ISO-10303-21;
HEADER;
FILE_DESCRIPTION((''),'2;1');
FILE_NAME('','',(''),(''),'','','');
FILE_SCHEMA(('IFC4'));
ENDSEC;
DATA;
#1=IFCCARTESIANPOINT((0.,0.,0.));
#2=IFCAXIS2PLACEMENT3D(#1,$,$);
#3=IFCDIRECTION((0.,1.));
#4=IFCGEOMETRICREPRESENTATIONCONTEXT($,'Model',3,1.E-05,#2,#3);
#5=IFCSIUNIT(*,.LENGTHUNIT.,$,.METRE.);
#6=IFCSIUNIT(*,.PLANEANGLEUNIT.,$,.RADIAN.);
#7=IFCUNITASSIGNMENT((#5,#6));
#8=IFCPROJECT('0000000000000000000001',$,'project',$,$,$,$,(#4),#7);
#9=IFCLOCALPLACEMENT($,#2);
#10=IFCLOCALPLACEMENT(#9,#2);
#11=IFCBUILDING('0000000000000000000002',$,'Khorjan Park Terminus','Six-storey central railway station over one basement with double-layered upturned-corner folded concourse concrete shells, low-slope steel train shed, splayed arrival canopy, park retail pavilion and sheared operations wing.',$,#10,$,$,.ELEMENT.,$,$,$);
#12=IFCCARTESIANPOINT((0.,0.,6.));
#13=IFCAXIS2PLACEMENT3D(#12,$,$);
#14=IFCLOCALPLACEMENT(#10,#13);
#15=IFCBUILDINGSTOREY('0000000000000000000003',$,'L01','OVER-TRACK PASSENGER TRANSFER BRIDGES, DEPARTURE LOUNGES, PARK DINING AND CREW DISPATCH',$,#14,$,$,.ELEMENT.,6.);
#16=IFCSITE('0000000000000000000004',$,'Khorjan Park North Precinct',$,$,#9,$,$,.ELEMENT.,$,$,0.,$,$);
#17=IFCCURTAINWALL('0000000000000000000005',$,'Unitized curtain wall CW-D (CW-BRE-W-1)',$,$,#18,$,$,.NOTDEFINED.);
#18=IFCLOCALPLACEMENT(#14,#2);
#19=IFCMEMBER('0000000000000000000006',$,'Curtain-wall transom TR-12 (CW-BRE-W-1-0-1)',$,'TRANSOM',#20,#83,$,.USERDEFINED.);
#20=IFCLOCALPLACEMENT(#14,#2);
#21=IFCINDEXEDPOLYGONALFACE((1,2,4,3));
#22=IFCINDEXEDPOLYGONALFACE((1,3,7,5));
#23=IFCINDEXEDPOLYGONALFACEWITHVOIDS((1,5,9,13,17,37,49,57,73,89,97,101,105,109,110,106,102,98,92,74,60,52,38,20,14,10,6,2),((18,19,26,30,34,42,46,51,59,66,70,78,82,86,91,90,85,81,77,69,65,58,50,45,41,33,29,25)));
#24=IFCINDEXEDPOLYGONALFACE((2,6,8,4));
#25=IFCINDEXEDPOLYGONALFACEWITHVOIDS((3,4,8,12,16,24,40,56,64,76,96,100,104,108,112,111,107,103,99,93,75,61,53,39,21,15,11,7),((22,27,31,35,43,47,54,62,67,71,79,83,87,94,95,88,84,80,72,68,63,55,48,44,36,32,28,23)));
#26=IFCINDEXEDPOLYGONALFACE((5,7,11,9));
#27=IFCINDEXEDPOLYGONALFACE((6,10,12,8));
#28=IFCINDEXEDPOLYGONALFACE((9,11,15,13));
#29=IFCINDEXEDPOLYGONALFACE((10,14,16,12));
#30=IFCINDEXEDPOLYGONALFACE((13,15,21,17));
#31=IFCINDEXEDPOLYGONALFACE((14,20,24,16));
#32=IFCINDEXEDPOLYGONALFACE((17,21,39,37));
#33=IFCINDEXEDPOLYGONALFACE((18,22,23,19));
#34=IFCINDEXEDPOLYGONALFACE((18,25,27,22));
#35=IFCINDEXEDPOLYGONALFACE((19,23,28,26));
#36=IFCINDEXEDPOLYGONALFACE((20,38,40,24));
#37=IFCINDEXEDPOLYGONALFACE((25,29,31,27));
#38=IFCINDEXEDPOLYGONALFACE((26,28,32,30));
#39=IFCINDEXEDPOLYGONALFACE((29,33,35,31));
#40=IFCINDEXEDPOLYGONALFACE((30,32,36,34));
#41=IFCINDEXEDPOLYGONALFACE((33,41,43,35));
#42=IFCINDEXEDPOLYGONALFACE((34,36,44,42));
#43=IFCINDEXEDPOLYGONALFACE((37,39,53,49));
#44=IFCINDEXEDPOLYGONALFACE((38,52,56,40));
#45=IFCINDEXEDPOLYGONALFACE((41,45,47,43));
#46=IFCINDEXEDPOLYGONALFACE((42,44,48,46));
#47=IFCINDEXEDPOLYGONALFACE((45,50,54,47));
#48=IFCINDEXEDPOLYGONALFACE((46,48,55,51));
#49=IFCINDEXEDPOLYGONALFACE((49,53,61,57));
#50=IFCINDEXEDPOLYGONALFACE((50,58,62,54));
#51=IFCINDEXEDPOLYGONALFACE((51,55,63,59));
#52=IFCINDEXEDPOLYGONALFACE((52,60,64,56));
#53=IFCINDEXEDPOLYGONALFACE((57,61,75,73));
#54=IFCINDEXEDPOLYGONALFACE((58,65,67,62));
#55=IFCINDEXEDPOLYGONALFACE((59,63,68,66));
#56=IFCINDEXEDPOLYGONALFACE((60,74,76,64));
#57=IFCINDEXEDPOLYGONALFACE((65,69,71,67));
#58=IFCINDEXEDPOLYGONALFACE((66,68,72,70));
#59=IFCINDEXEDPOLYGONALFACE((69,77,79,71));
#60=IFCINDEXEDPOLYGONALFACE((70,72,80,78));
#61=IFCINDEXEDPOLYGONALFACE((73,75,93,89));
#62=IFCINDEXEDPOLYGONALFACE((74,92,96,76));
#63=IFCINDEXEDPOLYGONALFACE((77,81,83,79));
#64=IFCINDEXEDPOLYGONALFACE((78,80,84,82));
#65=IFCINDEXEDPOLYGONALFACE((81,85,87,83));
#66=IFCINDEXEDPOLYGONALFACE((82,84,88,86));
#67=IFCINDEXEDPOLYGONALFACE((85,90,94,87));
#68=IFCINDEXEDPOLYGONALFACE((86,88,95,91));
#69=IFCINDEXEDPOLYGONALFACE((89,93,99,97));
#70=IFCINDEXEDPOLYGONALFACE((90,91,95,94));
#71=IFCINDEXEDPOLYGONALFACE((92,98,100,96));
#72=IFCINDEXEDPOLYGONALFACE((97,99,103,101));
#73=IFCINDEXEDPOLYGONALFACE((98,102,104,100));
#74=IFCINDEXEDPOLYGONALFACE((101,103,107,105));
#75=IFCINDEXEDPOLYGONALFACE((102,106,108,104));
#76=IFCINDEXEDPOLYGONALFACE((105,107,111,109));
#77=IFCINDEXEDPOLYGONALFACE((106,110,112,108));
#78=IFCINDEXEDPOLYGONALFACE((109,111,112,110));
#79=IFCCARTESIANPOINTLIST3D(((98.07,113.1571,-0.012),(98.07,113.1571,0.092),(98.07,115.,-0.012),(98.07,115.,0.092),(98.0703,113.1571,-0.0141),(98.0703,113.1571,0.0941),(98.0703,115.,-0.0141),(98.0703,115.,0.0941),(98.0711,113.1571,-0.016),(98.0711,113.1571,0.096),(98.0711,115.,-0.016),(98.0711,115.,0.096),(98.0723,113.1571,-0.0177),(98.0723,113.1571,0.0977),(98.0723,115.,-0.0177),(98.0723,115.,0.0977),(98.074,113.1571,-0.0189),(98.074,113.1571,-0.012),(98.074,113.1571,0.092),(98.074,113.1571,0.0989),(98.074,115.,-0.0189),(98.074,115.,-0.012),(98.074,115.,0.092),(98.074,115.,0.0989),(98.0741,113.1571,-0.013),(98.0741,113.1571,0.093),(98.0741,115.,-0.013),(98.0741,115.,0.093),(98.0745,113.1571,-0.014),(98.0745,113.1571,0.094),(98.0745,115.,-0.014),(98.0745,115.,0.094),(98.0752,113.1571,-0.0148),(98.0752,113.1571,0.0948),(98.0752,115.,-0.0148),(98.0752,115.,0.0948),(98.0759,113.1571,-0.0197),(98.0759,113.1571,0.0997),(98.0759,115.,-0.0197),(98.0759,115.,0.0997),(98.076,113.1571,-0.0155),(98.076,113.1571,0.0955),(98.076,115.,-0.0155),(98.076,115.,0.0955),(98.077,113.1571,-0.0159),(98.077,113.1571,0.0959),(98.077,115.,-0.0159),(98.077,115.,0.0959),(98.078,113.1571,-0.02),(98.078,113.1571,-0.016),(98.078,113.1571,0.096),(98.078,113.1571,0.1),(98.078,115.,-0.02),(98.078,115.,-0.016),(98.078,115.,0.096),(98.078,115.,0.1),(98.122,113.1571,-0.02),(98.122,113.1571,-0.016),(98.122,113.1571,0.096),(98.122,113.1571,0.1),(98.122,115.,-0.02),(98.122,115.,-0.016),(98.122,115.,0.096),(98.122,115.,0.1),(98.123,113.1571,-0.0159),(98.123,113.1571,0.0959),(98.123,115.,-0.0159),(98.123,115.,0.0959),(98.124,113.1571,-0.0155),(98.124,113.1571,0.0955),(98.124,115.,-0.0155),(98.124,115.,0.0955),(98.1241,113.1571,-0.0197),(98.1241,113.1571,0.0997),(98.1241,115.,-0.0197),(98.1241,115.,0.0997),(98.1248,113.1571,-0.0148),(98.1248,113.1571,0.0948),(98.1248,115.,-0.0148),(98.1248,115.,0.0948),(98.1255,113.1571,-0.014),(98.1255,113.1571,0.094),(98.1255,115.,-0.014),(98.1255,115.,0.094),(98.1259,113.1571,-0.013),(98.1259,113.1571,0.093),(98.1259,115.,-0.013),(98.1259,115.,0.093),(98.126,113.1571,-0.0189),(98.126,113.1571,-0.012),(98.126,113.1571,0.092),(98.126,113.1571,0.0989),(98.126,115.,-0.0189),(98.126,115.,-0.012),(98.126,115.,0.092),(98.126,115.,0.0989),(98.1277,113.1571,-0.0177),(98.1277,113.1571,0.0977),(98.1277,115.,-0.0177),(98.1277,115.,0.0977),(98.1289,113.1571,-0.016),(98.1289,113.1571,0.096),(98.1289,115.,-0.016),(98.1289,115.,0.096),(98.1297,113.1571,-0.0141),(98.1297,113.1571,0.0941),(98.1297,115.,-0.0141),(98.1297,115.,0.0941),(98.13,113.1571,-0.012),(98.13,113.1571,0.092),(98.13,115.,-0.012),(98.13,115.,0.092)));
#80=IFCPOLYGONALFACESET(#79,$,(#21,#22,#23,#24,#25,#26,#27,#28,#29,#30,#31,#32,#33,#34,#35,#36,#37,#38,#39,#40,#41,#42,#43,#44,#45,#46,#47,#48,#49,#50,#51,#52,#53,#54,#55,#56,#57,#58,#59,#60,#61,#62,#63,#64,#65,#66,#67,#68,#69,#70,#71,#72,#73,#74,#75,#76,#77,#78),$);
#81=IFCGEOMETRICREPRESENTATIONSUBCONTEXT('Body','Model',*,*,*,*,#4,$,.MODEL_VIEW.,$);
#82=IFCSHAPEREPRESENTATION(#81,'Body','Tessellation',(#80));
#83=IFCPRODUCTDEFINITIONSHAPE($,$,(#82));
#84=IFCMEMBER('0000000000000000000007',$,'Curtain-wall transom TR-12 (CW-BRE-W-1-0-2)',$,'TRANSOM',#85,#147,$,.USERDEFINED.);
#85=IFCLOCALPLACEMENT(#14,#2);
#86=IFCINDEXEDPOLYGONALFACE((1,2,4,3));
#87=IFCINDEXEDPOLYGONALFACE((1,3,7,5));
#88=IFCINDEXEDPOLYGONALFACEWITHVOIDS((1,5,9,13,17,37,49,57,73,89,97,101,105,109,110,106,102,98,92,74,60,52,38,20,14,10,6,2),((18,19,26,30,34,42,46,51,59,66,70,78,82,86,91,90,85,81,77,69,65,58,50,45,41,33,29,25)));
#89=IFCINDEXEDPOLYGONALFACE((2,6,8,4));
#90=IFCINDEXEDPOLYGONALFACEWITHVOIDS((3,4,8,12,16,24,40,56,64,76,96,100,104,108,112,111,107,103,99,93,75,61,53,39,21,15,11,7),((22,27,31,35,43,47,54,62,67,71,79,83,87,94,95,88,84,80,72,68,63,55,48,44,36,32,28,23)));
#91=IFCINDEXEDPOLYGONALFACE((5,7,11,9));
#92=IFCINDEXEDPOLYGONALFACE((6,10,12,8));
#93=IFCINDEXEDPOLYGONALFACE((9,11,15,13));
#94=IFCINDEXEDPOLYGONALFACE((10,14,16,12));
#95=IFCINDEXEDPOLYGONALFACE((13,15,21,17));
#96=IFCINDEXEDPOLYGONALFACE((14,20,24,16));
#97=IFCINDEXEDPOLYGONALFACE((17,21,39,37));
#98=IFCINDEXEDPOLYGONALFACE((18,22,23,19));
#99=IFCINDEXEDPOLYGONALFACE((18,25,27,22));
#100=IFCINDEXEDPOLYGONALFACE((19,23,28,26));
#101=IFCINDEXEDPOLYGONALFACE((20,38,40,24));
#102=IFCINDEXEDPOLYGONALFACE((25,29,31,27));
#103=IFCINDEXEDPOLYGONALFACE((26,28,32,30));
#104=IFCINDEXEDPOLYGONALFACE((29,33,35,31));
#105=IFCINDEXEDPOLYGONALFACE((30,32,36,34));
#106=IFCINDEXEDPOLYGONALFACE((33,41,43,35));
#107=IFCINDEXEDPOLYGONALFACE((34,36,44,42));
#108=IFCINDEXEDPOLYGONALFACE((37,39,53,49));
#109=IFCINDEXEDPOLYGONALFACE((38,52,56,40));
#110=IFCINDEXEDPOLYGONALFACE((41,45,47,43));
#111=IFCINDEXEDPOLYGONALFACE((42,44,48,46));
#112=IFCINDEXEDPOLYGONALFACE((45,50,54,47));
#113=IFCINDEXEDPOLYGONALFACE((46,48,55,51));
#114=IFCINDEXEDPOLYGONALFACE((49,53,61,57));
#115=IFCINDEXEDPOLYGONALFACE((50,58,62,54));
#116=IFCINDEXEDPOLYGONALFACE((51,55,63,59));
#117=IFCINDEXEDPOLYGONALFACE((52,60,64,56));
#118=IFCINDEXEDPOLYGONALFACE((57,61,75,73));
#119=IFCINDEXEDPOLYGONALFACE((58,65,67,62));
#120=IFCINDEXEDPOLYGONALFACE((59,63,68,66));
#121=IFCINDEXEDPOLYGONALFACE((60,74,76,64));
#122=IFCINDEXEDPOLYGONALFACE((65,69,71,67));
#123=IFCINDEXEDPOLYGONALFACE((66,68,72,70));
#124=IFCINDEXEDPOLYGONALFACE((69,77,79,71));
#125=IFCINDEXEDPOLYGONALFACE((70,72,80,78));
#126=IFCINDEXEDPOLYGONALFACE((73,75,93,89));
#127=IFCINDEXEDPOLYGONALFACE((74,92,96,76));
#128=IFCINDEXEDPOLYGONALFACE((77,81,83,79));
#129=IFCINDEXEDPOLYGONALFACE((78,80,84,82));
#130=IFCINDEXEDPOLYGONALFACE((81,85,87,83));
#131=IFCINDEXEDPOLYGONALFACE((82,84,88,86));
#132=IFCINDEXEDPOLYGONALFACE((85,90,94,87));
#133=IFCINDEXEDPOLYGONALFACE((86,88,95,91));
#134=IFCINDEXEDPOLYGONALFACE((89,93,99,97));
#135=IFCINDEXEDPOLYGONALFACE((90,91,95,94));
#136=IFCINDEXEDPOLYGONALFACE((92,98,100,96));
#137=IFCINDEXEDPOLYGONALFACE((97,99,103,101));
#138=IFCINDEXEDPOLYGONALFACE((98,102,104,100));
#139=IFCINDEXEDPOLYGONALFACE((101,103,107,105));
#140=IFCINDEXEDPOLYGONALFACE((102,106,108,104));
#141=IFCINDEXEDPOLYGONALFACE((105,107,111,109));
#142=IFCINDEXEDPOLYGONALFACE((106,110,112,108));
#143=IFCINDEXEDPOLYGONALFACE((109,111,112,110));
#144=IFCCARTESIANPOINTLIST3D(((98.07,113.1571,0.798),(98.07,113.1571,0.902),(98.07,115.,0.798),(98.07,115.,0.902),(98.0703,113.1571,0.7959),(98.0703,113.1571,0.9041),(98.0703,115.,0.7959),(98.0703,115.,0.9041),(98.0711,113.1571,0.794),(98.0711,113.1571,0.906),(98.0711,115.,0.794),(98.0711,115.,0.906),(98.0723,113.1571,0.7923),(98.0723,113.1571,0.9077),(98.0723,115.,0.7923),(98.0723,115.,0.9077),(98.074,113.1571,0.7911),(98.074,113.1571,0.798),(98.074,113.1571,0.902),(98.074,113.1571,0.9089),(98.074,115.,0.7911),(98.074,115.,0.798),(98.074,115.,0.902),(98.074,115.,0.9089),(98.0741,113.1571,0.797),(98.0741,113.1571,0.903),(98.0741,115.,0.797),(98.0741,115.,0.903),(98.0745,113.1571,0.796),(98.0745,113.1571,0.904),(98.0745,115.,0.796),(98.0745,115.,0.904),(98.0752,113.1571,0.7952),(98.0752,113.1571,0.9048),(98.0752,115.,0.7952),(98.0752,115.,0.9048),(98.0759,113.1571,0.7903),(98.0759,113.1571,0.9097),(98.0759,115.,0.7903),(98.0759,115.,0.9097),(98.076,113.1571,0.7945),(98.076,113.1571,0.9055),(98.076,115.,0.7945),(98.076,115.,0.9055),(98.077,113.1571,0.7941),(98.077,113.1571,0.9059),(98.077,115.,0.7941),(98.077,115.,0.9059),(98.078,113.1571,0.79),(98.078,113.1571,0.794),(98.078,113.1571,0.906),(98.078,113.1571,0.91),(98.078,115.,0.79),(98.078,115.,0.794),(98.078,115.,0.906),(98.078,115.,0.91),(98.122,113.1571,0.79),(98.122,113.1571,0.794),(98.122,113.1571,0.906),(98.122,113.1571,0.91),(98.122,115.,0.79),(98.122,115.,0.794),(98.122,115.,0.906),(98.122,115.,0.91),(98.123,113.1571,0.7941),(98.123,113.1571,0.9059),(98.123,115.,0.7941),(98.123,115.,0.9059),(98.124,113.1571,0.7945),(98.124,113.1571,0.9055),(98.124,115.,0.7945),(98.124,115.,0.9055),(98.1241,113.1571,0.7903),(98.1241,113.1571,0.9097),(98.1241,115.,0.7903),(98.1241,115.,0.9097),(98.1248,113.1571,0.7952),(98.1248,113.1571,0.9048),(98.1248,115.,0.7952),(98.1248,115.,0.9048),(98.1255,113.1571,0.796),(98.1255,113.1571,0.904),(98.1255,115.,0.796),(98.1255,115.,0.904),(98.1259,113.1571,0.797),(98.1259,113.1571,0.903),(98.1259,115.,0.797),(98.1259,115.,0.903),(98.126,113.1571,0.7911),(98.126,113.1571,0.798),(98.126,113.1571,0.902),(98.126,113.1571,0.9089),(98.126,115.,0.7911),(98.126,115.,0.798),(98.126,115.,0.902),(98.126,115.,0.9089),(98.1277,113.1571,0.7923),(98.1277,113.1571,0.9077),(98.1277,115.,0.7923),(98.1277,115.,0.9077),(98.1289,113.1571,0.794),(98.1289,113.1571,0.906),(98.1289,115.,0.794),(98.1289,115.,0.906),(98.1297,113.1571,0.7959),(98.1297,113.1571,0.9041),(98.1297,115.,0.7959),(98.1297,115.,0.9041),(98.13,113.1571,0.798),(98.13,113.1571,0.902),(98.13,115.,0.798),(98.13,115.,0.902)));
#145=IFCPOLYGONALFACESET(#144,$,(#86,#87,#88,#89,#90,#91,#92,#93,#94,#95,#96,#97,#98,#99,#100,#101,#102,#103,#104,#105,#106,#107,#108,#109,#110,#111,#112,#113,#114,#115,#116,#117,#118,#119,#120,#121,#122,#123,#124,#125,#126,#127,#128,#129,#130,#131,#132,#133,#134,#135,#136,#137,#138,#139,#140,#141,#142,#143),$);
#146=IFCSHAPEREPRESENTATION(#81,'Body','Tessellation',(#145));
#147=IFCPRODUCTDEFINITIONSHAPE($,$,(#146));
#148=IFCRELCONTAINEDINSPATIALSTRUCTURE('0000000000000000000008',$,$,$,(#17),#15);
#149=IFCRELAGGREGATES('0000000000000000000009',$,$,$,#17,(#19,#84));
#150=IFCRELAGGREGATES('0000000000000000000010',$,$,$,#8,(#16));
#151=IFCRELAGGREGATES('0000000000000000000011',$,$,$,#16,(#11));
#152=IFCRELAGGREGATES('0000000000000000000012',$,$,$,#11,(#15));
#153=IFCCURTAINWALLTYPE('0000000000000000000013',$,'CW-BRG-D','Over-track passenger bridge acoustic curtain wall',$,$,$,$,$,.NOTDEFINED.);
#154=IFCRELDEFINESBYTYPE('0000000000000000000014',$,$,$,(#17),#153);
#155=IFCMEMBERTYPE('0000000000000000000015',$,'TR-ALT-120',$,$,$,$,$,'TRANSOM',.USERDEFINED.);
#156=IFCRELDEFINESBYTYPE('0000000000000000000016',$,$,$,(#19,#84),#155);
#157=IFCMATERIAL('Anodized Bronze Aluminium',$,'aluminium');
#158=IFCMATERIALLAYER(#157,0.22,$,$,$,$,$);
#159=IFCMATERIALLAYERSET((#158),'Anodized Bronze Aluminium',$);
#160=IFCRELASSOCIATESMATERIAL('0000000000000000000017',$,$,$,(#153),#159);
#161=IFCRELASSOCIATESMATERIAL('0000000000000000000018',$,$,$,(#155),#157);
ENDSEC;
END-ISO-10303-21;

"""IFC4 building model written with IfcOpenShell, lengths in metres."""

from ifc_helpers import new_model, si_unit, direction, frame, origin, origin_2d, place, context, subcontext, project, spatial, hollow_rectangle, extrude, material, layer, layer_set, material_profile, profile_set, type_object, element, aggregate, save


model = new_model("IFC4")

# Units and contexts
model_context = context("Model", 3, precision=1e-05, world=origin(), true_north=direction((0.0, 1.0)))
body_context = subcontext(model_context, "Body", "Model", "MODEL_VIEW")
ifc_project = project(units=[si_unit("LENGTHUNIT", "METRE"), si_unit("PLANEANGLEUNIT", "RADIAN")], contexts=[model_context])

# Site, building, storey
site_placement = place(None, origin())
site = spatial("IfcSite", under=ifc_project, at=site_placement, Name="Khorjan Park North Precinct", CompositionType="ELEMENT", RefElevation=0.0)
building_placement = place(site_placement, origin())
building = spatial("IfcBuilding", under=site, at=building_placement, Name="Khorjan Park Terminus", Description="Six-storey central railway station over one basement with double-layered upturned-corner folded concourse concrete shells, low-slope steel train shed, splayed arrival canopy, park retail pavilion and sheared operations wing.", CompositionType="ELEMENT")
storey_placement = place(building_placement, frame((0.0, 0.0, 6.0)))
storey = spatial("IfcBuildingStorey", under=building, at=storey_placement, Name="L01", Description="OVER-TRACK PASSENGER TRANSFER BRIDGES, DEPARTURE LOUNGES, PARK DINING AND CREW DISPATCH", CompositionType="ELEMENT", Elevation=6.0)

# Shared definitions
ifc_material_1 = material(Name="Anodized Bronze Aluminium", Category="aluminium")
ifc_layer_1 = layer(ifc_material_1, 0.22)
ifc_layer_set_1 = layer_set([ifc_layer_1], Name="Anodized Bronze Aluminium")
curtain_wall_type = type_object("IfcCurtainWallType", Name="CW-BRG-D", Description="Over-track passenger bridge acoustic curtain wall", PredefinedType="NOTDEFINED", material=ifc_layer_set_1)

# Curtain wall
curtain_wall_1_placement = place(storey_placement, origin())
curtain_wall_1 = element("IfcCurtainWall", 1, at=curtain_wall_1_placement, inside=storey, type_object=curtain_wall_type, Name="Unitized curtain wall CW-D (CW-BRE-W-1)", PredefinedType="NOTDEFINED")

# Members
ifc_material_profile_1 = material_profile(ifc_material_1, hollow_rectangle(XDim=0.06, YDim=0.12, WallThickness=0.004, InnerFilletRadius=0.004, OuterFilletRadius=0.008, at=origin_2d()), Name="ALT 60x120x4")
ifc_profile_set_1 = profile_set([ifc_material_profile_1], Name="Anodized Bronze Aluminium")
member_type_1 = type_object("IfcMemberType", Name="TR-ALT-120", ElementType="TRANSOM", PredefinedType="USERDEFINED", material=ifc_profile_set_1)
member_1_placement = place(storey_placement, frame((98.1, 115.0, 0.04), z_axis=(0.0, -1.0, 0.0), x_axis=(1.0, 0.0, 0.0)))
member_1 = element("IfcMember", 2, at=member_1_placement, type_object=member_type_1, Name="Curtain-wall transom TR-12 (CW-BRE-W-1-0-1)", ObjectType="TRANSOM", PredefinedType="USERDEFINED", context=body_context, shape_type="SweptSolid", body=[
    extrude(hollow_rectangle(XDim=0.06, YDim=0.12, WallThickness=0.004, InnerFilletRadius=0.004, OuterFilletRadius=0.008, at=origin_2d()), origin(), (0.0, 0.0, 1.0), 1.8429),
])
member_2_placement = place(storey_placement, frame((98.1, 115.0, 0.85), z_axis=(0.0, -1.0, 0.0), x_axis=(1.0, 0.0, 0.0)))
member_2 = element("IfcMember", 3, at=member_2_placement, type_object=member_type_1, Name="Curtain-wall transom TR-12 (CW-BRE-W-1-0-2)", ObjectType="TRANSOM", PredefinedType="USERDEFINED", context=body_context, shape_type="SweptSolid", body=[
    extrude(hollow_rectangle(XDim=0.06, YDim=0.12, WallThickness=0.004, InnerFilletRadius=0.004, OuterFilletRadius=0.008, at=origin_2d()), origin(), (0.0, 0.0, 1.0), 1.8429),
])

aggregate(curtain_wall_1, [member_1, member_2])

save(model, "model.ifc")
